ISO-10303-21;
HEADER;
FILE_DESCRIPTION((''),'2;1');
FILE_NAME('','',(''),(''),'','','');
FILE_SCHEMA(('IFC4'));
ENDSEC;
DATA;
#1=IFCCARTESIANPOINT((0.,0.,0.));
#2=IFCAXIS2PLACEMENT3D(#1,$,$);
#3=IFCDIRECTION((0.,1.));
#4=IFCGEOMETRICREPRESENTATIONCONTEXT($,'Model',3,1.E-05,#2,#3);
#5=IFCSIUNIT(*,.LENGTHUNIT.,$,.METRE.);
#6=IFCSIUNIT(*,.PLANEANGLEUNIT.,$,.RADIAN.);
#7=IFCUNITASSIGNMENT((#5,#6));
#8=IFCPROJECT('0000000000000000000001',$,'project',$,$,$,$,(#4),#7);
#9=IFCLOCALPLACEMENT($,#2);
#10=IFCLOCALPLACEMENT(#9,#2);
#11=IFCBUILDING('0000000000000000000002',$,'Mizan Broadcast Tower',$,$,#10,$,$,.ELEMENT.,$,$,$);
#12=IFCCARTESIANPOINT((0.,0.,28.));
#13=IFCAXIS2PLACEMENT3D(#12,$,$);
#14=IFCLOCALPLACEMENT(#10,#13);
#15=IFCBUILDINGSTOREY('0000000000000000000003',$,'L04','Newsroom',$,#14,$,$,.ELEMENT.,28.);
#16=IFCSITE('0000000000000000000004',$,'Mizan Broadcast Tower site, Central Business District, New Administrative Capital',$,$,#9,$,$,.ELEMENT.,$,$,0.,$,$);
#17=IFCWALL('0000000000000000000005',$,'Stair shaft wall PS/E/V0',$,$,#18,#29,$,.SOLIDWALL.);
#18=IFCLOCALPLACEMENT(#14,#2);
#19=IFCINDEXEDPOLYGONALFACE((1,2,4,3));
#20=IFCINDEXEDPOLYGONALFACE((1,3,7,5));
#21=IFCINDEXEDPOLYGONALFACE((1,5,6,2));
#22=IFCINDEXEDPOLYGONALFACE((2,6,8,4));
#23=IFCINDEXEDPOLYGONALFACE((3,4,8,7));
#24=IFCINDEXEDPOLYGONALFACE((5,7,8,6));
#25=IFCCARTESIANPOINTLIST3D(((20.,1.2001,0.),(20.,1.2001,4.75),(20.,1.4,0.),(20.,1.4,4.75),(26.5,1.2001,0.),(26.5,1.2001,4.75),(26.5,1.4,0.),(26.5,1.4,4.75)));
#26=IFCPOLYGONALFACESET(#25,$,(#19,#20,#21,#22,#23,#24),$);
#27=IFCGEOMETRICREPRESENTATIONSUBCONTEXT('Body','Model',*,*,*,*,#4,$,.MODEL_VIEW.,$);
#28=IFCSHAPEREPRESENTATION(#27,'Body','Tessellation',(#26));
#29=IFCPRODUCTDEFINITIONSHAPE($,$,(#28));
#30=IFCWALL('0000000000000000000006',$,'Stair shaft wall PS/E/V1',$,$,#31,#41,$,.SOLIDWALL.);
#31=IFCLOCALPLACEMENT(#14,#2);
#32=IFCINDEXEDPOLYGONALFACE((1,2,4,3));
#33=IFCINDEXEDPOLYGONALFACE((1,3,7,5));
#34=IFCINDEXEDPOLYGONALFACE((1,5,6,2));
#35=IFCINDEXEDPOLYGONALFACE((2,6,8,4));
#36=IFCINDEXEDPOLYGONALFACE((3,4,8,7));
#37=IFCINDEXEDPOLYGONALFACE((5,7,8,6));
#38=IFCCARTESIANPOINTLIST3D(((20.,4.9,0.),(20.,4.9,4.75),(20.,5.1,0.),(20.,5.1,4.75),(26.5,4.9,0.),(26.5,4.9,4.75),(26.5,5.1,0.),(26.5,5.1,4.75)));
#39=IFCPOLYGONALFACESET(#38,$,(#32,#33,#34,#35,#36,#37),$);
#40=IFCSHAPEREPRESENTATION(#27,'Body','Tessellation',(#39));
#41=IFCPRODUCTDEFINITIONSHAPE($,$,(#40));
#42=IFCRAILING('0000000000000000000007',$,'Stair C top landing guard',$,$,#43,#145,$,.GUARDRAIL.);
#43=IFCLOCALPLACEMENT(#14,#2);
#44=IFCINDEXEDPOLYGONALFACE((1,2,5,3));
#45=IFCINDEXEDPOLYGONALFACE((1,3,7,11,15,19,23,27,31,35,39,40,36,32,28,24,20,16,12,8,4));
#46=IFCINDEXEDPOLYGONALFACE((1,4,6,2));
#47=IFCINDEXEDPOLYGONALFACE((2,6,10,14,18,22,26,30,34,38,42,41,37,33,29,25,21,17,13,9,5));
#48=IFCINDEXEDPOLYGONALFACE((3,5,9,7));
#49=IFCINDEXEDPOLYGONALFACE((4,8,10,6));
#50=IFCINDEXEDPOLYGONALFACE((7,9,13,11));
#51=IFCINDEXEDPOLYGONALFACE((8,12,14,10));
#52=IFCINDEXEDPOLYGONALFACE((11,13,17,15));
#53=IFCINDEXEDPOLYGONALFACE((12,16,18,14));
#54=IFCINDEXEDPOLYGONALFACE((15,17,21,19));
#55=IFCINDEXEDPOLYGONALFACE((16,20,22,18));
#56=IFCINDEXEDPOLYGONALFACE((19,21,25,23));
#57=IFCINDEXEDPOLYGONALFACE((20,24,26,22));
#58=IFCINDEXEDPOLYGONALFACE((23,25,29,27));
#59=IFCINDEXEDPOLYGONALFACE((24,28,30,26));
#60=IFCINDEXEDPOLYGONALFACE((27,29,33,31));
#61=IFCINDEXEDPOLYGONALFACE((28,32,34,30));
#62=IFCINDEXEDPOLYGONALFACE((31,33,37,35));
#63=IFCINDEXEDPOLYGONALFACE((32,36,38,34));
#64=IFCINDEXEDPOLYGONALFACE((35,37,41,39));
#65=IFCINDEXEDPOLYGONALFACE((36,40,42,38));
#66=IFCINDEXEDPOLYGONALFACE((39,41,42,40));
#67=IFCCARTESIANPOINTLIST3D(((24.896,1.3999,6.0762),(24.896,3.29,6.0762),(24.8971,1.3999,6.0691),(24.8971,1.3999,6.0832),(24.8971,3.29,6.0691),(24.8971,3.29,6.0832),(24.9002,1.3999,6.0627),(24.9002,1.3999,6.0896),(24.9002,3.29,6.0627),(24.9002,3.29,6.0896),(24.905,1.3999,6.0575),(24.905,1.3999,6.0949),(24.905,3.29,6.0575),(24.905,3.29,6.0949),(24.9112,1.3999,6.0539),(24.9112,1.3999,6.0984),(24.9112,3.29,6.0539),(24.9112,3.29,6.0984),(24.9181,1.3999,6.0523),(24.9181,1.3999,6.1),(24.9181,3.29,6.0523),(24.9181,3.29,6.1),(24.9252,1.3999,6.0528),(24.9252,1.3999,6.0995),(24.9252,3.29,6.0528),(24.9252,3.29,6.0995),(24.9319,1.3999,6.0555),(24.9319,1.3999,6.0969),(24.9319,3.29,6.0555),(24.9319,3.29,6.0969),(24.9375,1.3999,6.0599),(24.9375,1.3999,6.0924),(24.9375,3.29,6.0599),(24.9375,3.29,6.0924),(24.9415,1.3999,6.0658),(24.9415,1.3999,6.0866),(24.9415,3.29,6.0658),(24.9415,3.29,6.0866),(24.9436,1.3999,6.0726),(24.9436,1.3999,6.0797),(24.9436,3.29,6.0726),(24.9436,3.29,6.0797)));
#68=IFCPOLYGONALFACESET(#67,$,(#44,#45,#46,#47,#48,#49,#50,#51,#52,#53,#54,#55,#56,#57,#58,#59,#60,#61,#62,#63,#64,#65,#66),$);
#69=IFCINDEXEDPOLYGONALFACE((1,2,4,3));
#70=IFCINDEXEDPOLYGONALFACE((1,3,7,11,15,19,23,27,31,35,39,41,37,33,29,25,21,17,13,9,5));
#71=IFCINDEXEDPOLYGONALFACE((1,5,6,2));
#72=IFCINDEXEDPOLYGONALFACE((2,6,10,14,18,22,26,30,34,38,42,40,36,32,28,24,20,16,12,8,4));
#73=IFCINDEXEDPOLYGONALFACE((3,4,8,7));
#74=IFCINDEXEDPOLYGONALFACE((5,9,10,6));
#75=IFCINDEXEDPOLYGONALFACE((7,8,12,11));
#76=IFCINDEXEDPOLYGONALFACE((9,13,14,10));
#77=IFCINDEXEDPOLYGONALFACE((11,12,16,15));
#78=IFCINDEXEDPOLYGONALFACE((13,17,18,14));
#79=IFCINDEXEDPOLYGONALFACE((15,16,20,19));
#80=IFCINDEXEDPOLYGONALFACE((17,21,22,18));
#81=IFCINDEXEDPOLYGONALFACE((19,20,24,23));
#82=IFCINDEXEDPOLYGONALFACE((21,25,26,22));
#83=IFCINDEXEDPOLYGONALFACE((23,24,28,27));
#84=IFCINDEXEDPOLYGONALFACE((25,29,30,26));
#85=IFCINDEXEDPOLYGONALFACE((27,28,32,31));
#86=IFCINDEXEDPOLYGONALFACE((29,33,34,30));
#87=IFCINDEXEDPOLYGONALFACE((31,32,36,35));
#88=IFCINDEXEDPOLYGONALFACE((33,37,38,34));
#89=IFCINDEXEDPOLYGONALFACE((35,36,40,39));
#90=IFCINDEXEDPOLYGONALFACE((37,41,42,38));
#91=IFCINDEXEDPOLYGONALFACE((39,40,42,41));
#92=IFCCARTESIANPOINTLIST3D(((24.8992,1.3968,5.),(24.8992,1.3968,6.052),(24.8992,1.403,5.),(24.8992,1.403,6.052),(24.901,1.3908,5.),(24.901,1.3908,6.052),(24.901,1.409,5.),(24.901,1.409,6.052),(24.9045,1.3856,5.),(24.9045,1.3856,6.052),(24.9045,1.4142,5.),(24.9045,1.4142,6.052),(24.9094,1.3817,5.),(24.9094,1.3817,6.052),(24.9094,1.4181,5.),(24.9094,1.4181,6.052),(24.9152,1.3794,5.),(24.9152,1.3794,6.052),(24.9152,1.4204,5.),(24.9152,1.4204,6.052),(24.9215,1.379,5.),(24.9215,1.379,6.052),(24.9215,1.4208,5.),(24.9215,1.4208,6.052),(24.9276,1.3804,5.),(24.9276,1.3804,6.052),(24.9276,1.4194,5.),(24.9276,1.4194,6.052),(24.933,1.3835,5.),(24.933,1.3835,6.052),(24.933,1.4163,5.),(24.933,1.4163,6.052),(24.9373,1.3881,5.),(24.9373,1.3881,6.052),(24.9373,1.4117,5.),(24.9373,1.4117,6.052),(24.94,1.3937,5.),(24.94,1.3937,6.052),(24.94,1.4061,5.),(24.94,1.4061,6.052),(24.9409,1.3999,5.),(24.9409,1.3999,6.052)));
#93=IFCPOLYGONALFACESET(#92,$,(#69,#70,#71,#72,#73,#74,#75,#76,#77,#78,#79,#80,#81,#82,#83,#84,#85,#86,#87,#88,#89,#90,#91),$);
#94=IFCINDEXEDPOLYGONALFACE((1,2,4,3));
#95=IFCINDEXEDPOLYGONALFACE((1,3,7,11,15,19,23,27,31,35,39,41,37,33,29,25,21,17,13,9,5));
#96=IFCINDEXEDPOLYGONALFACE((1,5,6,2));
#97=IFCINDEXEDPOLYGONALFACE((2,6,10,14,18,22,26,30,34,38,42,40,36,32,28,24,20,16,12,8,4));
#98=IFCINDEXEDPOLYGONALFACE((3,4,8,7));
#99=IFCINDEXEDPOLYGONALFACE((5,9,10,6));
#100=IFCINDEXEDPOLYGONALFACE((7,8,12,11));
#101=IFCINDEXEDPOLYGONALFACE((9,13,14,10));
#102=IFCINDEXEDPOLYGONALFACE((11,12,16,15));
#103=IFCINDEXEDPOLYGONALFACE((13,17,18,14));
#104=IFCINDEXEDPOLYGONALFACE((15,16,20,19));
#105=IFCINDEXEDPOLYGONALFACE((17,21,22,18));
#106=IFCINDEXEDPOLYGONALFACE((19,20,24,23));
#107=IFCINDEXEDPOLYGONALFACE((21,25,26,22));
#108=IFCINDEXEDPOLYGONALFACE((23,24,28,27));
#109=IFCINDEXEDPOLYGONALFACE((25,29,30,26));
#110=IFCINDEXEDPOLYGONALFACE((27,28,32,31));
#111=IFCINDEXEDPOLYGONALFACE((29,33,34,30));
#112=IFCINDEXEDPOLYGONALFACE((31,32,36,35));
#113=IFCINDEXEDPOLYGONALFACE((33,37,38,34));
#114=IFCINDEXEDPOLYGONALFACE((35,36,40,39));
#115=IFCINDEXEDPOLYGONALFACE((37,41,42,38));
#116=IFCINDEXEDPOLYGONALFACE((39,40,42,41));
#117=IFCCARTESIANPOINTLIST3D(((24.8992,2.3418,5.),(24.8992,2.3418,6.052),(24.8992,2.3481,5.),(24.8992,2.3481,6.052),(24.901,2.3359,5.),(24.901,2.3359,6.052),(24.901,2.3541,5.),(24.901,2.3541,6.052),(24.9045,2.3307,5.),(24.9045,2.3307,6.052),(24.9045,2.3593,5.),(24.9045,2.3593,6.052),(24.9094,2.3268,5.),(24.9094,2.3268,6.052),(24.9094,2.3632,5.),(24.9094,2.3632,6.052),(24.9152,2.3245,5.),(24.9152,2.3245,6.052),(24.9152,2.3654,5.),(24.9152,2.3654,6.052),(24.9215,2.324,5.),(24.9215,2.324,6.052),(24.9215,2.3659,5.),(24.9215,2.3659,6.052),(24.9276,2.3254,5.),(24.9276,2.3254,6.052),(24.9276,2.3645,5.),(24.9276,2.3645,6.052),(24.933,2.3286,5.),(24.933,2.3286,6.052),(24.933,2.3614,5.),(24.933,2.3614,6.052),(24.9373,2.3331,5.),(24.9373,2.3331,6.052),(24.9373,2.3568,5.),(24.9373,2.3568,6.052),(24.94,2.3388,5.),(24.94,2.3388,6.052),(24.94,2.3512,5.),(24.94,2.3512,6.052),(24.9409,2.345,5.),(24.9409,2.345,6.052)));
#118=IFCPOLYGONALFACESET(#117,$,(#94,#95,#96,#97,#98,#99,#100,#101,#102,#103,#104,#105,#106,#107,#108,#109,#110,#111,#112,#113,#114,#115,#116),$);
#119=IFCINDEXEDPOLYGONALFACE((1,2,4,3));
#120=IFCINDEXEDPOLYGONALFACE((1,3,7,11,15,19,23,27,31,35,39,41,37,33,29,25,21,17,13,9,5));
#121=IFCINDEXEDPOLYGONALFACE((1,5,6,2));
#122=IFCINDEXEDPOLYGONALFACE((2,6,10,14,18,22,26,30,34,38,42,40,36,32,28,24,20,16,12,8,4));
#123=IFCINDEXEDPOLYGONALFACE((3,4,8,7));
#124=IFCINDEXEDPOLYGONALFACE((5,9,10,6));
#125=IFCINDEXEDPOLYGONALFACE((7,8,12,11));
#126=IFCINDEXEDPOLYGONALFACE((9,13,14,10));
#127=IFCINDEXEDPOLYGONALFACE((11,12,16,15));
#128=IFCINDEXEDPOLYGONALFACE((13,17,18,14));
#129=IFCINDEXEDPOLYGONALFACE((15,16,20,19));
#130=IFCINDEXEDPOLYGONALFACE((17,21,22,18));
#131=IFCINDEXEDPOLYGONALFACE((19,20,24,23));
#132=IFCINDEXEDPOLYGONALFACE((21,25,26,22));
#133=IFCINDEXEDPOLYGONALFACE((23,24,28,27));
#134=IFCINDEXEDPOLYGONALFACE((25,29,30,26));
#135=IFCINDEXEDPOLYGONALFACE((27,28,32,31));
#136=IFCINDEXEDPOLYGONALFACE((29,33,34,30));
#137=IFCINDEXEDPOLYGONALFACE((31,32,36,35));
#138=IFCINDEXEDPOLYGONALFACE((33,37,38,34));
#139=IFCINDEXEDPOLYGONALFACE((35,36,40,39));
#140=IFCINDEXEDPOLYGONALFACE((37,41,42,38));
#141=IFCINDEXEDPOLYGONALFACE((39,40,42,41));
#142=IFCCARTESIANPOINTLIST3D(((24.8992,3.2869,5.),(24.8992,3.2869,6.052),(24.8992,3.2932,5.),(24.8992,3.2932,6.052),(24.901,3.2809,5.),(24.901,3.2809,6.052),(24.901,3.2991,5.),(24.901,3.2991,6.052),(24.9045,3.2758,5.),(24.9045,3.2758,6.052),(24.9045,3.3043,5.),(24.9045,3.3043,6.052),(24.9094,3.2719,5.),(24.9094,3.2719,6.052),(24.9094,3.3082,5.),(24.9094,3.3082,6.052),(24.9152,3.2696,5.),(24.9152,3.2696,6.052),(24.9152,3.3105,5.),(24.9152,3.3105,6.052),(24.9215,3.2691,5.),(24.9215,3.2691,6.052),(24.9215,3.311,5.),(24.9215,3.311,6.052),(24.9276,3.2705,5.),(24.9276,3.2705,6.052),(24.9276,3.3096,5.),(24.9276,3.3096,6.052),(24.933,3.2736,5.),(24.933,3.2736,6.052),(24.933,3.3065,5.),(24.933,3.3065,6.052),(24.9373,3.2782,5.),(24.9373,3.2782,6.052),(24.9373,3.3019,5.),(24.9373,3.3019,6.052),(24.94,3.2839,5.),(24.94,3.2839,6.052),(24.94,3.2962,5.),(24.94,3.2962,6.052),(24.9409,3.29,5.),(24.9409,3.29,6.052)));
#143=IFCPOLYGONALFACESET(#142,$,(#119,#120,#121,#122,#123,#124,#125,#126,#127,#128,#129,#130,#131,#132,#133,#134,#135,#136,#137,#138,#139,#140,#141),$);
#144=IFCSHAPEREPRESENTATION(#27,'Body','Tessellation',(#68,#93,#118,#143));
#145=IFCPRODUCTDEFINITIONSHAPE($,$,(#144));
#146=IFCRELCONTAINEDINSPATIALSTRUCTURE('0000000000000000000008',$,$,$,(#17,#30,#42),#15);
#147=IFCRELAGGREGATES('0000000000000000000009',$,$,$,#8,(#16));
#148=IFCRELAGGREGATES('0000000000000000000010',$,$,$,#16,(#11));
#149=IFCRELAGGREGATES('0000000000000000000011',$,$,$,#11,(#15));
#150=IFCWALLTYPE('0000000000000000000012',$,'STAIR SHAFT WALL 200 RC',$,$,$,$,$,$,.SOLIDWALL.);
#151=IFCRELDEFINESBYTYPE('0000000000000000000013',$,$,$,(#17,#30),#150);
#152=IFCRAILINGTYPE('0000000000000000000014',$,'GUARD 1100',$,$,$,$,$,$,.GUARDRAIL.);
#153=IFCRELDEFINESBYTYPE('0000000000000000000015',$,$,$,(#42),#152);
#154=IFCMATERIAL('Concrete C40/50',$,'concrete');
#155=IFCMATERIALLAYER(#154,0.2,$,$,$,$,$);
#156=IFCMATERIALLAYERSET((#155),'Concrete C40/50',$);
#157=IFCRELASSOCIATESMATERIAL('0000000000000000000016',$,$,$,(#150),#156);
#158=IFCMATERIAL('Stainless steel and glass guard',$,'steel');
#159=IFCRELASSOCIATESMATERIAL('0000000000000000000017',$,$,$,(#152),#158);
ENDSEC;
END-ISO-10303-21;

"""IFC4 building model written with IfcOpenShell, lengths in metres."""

from ifc_helpers import new_model, si_unit, direction, frame, frame_2d, origin, origin_2d, place, context, subcontext, project, spatial, rectangle, circle, extrude, material, layer, layer_set, type_object, element, save


model = new_model("IFC4")

# Units and contexts
model_context = context("Model", 3, precision=1e-05, world=origin(), true_north=direction((0.0, 1.0)))
body_context = subcontext(model_context, "Body", "Model", "MODEL_VIEW")
ifc_project = project(units=[si_unit("LENGTHUNIT", "METRE"), si_unit("PLANEANGLEUNIT", "RADIAN")], contexts=[model_context])

# Site, building, storey
site_placement = place(None, origin())
site = spatial("IfcSite", under=ifc_project, at=site_placement, Name="Mizan Broadcast Tower site, Central Business District, New Administrative Capital", CompositionType="ELEMENT", RefElevation=0.0)
building_placement = place(site_placement, origin())
building = spatial("IfcBuilding", under=site, at=building_placement, Name="Mizan Broadcast Tower", CompositionType="ELEMENT")
storey_placement = place(building_placement, frame((0.0, 0.0, 28.0)))
storey = spatial("IfcBuildingStorey", under=building, at=storey_placement, Name="L04", Description="Newsroom", CompositionType="ELEMENT", Elevation=28.0)

# Shared definitions
ifc_material_1 = material(Name="Concrete C40/50", Category="concrete")
ifc_layer = layer(ifc_material_1, 0.2)
ifc_layer_set = layer_set([ifc_layer], Name="Concrete C40/50")
wall_type = type_object("IfcWallType", Name="STAIR SHAFT WALL 200 RC", PredefinedType="SOLIDWALL", material=ifc_layer_set)

# Walls
for number, where, z_axis, x_axis, name in (
    (1, (20.0, 1.3, 0.0), (0.0, 0.0, 1.0), (1.0, 0.0, 0.0), "Stair shaft wall PS/E/V0"),
    (2, (26.5, 5.0, 0.0), (0.0, 0.0, 1.0), (-1.0, 0.0, 0.0), "Stair shaft wall PS/E/V1"),
):
    element("IfcWall", number, at=place(storey_placement, frame(where, z_axis=z_axis, x_axis=x_axis)), inside=storey, type_object=wall_type, Name=name, PredefinedType="SOLIDWALL", context=body_context, shape_type="SweptSolid", body=[
        extrude(rectangle(XDim=6.5, YDim=0.2, at=frame_2d((3.25, 0.0))), origin(), (0.0, 0.0, 1.0), 4.75),
    ])

# Railing
ifc_material_2 = material(Name="Stainless steel and glass guard", Category="steel")
railing_type_1 = type_object("IfcRailingType", Name="GUARD 1100", PredefinedType="GUARDRAIL", material=ifc_material_2)
railing_1_placement = place(storey_placement, frame((24.9199, 1.3999, 5.0)))
element("IfcRailing", 3, at=railing_1_placement, inside=storey, type_object=railing_type_1, Name="Stair C top landing guard", PredefinedType="GUARDRAIL", context=body_context, shape_type="SweptSolid", body=[
    extrude(circle(Radius=0.0239, at=origin_2d()), frame((0.0, 0.0, 1.0762), z_axis=(0.0, 1.0, 0.0), x_axis=(-1.0, 0.0, 0.0)), (0.0, 0.0, 1.0), 1.8901),
    extrude(circle(Radius=0.021, at=origin_2d()), origin(), (0.0, 0.0, 1.0), 1.052),
    extrude(circle(Radius=0.021, at=origin_2d()), frame((0.0, 0.9451, 0.0)), (0.0, 0.0, 1.0), 1.052),
    extrude(circle(Radius=0.021, at=origin_2d()), frame((0.0, 1.8901, 0.0)), (0.0, 0.0, 1.0), 1.052),
])

save(model, "model.ifc")
